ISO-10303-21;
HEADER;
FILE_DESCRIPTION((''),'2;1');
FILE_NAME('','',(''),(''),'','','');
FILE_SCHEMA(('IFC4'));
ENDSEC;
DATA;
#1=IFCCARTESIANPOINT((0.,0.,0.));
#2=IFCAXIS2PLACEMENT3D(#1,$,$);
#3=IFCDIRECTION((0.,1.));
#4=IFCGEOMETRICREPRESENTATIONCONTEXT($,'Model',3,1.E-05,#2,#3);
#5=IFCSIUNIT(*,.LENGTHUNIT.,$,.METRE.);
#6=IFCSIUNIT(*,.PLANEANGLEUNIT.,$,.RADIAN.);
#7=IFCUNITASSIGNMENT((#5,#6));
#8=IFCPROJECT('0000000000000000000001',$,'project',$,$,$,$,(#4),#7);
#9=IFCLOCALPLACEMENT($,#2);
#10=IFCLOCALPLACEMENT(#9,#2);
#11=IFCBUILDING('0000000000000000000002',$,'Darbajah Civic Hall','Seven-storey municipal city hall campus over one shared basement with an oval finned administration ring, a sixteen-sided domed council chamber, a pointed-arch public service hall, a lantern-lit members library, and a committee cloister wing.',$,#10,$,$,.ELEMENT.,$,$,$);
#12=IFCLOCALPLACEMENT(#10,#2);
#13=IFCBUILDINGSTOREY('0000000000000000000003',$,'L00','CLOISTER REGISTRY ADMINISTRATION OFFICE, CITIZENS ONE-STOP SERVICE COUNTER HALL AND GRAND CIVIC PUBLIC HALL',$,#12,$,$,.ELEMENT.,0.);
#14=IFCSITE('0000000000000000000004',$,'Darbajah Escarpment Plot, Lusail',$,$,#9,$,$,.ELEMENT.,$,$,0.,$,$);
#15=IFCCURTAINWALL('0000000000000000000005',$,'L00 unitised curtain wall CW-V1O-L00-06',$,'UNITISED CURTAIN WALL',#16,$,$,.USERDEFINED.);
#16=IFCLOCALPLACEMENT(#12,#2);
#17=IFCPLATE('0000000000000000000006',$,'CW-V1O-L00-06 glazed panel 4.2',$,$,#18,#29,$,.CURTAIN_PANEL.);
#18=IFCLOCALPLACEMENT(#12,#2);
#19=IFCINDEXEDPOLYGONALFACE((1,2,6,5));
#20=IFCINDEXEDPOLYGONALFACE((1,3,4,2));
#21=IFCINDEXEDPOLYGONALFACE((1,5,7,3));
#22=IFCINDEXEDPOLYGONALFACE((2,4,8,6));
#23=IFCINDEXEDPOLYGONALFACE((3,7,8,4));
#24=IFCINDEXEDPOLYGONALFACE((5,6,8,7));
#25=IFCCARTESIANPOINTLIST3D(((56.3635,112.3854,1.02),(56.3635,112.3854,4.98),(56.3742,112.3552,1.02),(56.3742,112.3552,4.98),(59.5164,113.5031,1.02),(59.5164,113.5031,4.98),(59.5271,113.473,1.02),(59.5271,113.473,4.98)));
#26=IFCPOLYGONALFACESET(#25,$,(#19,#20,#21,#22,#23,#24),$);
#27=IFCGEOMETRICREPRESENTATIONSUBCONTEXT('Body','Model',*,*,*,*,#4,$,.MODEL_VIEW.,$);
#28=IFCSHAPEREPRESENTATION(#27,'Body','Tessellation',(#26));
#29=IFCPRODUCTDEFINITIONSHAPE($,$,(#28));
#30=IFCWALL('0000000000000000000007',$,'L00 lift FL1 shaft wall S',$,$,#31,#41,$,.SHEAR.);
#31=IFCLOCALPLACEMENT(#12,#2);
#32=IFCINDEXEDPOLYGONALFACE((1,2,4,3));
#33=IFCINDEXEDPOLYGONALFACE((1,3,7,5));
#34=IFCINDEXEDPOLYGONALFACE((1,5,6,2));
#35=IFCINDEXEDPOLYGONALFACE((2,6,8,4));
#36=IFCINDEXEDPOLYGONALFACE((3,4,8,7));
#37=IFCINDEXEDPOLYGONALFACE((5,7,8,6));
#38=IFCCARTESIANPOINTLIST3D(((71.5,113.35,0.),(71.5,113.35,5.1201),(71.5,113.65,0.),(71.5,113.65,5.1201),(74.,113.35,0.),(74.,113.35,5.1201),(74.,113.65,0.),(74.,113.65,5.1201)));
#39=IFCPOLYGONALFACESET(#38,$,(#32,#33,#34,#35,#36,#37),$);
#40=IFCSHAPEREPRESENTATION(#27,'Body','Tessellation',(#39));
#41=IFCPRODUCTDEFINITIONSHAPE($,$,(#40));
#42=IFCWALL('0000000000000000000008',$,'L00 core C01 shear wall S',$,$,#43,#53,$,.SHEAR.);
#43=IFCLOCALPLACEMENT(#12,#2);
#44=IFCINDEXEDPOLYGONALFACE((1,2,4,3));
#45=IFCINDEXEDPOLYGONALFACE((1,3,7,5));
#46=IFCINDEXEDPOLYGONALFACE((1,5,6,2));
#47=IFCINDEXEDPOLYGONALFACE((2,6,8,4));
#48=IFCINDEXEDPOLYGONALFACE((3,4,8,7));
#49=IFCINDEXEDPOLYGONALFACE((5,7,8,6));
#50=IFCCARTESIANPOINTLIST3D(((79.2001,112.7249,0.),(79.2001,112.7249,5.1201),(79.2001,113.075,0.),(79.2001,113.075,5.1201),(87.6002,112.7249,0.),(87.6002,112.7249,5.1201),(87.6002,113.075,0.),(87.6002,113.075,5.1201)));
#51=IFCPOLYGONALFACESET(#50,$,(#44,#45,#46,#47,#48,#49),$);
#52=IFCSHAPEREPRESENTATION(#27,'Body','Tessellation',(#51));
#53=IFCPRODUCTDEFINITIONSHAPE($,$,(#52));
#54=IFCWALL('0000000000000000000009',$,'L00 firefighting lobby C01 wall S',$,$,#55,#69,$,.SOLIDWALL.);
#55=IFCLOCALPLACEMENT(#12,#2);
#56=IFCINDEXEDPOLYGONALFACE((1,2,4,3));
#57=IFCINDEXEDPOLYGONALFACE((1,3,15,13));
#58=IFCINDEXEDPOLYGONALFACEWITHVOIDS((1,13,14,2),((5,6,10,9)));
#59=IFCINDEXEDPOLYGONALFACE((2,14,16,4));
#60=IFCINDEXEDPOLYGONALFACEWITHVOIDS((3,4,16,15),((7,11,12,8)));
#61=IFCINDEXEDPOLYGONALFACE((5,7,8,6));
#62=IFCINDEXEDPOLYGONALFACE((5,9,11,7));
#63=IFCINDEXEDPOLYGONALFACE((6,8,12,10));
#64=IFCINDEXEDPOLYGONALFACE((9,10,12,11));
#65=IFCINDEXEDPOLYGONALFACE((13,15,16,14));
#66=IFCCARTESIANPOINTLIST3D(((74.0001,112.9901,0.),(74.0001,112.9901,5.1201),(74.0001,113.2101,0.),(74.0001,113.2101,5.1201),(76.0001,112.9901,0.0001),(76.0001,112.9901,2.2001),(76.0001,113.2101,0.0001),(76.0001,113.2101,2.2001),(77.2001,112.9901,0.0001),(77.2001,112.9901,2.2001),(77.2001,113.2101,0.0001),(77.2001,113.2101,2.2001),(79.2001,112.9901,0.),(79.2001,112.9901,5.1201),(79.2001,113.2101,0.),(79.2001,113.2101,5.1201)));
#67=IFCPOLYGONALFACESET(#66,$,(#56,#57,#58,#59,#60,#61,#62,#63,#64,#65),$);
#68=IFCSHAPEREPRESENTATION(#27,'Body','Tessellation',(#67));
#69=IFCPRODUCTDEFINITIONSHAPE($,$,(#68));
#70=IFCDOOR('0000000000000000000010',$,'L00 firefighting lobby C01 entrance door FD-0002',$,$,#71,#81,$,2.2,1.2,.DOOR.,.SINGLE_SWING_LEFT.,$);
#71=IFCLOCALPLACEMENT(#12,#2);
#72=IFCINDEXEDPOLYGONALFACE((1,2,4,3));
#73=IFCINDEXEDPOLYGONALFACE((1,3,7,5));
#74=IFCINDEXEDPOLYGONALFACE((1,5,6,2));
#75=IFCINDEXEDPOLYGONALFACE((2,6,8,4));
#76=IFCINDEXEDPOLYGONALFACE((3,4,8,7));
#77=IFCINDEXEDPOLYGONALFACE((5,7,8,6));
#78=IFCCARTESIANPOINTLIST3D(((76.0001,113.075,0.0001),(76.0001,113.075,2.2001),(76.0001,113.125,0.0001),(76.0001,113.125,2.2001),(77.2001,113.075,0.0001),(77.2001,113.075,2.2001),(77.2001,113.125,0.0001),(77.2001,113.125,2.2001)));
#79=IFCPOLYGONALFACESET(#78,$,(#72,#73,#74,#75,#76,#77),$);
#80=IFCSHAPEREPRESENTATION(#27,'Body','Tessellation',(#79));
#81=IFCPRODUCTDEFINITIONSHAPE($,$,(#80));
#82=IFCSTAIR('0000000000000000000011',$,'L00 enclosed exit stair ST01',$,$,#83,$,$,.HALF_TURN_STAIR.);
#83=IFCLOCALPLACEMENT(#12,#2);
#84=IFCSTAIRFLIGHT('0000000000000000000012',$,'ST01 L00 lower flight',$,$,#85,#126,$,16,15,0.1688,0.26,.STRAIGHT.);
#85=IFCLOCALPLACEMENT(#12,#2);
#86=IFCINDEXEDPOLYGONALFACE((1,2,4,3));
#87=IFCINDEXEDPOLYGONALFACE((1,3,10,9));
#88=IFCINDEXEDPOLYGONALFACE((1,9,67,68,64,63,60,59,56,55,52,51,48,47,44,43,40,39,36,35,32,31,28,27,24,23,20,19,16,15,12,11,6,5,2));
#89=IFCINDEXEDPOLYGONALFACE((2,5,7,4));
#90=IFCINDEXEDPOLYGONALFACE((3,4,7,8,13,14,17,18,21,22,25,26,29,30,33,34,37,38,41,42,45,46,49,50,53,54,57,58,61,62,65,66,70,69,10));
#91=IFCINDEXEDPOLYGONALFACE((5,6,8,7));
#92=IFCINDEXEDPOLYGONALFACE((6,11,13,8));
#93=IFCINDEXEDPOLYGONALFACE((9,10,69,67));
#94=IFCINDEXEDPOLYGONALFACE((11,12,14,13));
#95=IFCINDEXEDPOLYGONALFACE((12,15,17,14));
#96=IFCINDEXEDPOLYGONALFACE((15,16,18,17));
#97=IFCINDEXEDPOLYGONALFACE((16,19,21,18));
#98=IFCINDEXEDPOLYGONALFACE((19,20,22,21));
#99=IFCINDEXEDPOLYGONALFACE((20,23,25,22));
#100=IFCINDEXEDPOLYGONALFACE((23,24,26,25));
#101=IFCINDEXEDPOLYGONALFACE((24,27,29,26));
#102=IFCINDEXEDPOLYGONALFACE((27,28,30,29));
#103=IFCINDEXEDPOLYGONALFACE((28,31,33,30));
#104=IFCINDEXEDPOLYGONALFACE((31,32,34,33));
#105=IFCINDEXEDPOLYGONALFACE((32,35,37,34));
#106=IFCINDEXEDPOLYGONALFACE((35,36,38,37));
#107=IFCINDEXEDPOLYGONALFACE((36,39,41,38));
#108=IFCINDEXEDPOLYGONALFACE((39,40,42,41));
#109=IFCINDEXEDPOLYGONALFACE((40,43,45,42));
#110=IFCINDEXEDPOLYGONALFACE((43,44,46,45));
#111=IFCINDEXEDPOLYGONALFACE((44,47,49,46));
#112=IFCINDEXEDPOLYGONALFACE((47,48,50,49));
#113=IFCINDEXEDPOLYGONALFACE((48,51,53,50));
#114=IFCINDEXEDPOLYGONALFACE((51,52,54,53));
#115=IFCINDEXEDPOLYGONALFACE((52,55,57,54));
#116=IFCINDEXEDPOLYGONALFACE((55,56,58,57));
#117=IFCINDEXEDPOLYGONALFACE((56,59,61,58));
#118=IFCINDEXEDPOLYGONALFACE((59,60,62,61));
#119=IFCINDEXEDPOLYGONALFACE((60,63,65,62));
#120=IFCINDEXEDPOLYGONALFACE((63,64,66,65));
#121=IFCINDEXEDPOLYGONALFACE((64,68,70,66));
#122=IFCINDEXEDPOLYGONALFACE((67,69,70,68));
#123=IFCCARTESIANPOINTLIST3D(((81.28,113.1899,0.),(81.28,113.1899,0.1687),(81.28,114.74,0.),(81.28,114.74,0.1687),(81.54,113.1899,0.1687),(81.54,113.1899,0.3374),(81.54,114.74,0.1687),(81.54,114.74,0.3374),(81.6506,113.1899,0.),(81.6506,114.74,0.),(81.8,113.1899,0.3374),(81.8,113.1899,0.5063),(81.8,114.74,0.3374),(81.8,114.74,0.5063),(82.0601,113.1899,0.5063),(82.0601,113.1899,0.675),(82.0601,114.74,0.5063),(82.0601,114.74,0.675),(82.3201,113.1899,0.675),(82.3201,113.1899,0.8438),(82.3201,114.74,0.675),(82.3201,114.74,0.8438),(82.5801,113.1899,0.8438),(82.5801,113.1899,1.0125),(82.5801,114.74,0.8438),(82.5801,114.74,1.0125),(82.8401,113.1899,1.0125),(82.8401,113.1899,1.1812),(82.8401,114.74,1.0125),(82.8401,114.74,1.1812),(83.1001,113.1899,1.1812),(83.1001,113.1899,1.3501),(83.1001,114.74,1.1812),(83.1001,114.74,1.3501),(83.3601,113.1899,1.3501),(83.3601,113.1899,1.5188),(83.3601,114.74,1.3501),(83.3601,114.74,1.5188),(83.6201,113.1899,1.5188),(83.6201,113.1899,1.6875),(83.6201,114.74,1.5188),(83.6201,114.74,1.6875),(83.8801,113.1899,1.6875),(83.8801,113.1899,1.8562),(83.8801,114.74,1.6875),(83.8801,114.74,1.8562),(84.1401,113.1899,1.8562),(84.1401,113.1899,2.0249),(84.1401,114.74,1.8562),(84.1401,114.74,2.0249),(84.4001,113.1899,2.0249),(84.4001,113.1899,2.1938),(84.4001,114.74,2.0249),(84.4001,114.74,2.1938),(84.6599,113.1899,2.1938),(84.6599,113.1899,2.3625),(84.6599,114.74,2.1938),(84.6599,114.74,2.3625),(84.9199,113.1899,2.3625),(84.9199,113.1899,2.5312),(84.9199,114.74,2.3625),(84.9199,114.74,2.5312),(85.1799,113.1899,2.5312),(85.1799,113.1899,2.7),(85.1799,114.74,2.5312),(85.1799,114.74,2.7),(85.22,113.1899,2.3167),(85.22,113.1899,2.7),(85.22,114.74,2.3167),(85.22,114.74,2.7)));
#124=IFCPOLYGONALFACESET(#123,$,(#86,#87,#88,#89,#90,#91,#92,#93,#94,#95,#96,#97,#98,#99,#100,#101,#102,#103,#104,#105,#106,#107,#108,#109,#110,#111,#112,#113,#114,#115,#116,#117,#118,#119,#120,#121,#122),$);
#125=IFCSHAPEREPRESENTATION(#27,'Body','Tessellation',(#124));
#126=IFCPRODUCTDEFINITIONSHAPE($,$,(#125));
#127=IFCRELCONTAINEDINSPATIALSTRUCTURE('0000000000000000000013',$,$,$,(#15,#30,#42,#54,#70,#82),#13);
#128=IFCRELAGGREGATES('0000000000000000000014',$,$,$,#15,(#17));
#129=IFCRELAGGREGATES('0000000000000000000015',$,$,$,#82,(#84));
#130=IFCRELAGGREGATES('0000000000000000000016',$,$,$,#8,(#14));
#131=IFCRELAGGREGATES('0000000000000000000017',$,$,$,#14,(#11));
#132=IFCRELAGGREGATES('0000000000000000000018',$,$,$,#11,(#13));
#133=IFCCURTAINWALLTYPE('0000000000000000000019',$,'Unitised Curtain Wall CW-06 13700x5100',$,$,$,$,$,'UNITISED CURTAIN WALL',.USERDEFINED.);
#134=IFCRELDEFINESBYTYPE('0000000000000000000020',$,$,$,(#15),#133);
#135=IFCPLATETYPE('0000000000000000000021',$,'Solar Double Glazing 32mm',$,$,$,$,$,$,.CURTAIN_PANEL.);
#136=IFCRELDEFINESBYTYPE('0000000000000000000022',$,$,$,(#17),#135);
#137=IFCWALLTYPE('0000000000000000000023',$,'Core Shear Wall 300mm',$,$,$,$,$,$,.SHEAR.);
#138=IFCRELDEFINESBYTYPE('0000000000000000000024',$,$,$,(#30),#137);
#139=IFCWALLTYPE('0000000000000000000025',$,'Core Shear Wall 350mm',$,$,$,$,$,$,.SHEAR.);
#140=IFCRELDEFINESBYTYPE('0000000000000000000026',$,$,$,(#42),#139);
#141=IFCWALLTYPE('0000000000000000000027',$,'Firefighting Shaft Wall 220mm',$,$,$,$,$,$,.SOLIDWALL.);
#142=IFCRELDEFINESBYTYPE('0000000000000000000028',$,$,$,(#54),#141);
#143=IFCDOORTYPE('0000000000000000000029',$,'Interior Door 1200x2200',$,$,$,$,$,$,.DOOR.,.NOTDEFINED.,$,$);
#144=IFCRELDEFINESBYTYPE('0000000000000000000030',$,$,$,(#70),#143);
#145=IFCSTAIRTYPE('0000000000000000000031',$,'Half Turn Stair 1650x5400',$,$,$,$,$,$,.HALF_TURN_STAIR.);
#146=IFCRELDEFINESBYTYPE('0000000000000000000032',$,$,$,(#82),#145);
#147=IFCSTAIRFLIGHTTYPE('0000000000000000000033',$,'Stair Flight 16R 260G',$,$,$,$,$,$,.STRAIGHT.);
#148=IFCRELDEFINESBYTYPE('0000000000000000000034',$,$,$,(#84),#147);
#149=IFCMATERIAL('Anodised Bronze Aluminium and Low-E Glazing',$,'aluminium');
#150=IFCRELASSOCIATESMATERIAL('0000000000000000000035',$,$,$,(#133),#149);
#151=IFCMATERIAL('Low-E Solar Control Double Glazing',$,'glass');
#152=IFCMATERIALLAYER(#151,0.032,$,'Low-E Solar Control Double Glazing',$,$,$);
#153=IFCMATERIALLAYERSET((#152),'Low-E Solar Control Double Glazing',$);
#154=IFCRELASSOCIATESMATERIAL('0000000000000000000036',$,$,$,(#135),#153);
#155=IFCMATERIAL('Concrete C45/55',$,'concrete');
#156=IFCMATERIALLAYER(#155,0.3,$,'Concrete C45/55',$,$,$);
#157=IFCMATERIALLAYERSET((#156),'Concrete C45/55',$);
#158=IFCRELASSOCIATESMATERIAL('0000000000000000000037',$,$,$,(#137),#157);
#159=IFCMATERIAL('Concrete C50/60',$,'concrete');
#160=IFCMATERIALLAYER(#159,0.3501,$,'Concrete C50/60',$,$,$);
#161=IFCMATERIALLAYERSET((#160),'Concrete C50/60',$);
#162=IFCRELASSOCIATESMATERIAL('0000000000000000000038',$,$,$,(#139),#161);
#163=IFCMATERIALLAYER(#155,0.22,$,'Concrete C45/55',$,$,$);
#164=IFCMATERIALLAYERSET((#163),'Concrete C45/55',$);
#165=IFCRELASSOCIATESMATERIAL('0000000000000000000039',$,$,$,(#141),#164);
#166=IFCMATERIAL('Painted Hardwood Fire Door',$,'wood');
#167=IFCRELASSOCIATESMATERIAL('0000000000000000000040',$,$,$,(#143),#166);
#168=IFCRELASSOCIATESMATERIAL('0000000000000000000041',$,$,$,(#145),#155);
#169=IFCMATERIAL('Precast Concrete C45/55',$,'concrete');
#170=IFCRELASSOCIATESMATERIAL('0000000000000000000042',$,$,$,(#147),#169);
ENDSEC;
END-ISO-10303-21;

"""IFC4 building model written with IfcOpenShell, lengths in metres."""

from ifc_helpers import new_model, si_unit, direction, frame, frame_2d, origin, origin_2d, place, context, subcontext, project, spatial, polyline, rectangle, outline, extrude, material, layer, layer_set, type_object, element, fill, aggregate, save


model = new_model("IFC4")

# Units and contexts
model_context = context("Model", 3, precision=1e-05, world=origin(), true_north=direction((0.0, 1.0)))
body_context = subcontext(model_context, "Body", "Model", "MODEL_VIEW")
ifc_project = project(units=[si_unit("LENGTHUNIT", "METRE"), si_unit("PLANEANGLEUNIT", "RADIAN")], contexts=[model_context])

# Site, building, storey
site_placement = place(None, origin())
site = spatial("IfcSite", under=ifc_project, at=site_placement, Name="Darbajah Escarpment Plot, Lusail", CompositionType="ELEMENT", RefElevation=0.0)
building_placement = place(site_placement, origin())
building = spatial("IfcBuilding", under=site, at=building_placement, Name="Darbajah Civic Hall", Description="Seven-storey municipal city hall campus over one shared basement with an oval finned administration ring, a sixteen-sided domed council chamber, a pointed-arch public service hall, a lantern-lit members library, and a committee cloister wing.", CompositionType="ELEMENT")
storey_placement = place(building_placement, origin())
storey = spatial("IfcBuildingStorey", under=building, at=storey_placement, Name="L00", Description="CLOISTER REGISTRY ADMINISTRATION OFFICE, CITIZENS ONE-STOP SERVICE COUNTER HALL AND GRAND CIVIC PUBLIC HALL", CompositionType="ELEMENT", Elevation=0.0)

# Shared definitions
ifc_material_1 = material(Name="Concrete C50/60", Category="concrete")

# Shared definitions
ifc_material_2 = material(Name="Anodised Bronze Aluminium and Low-E Glazing", Category="aluminium")

# Curtain wall
curtain_wall_type_1 = type_object("IfcCurtainWallType", Name="Unitised Curtain Wall CW-06 13700x5100", ElementType="UNITISED CURTAIN WALL", PredefinedType="USERDEFINED", material=ifc_material_2)
curtain_wall_1_placement = place(storey_placement, origin())
curtain_wall_1 = element("IfcCurtainWall", 1, at=curtain_wall_1_placement, inside=storey, type_object=curtain_wall_type_1, Name="L00 unitised curtain wall CW-V1O-L00-06", ObjectType="UNITISED CURTAIN WALL", PredefinedType="USERDEFINED")

# Plate
ifc_material_3 = material(Name="Low-E Solar Control Double Glazing", Category="glass")
ifc_layer_1 = layer(ifc_material_3, 0.032, Name="Low-E Solar Control Double Glazing")
ifc_layer_set_1 = layer_set([ifc_layer_1], Name="Low-E Solar Control Double Glazing")
plate_type = type_object("IfcPlateType", Name="Solar Double Glazing 32mm", PredefinedType="CURTAIN_PANEL", material=ifc_layer_set_1)
plate_1_placement = place(storey_placement, frame((57.9453, 112.9292, 1.02), z_axis=(0.0, 0.0, 1.0), x_axis=(-0.942525, -0.334136, 0.0)))
plate_1 = element("IfcPlate", 2, at=plate_1_placement, type_object=plate_type, Name="CW-V1O-L00-06 glazed panel 4.2", PredefinedType="CURTAIN_PANEL", context=body_context, shape_type="SweptSolid", body=[
    extrude(rectangle(XDim=3.3452, YDim=0.032, at=origin_2d()), origin(), (0.0, 0.0, 1.0), 3.96),
])
aggregate(curtain_wall_1, [plate_1])

# Walls
ifc_material_4 = material(Name="Concrete C45/55", Category="concrete")
ifc_layer_2 = layer(ifc_material_4, 0.3, Name="Concrete C45/55")
ifc_layer_set_2 = layer_set([ifc_layer_2], Name="Concrete C45/55")
wall_type_1 = type_object("IfcWallType", Name="Core Shear Wall 300mm", PredefinedType="SHEAR", material=ifc_layer_set_2)
wall_1_placement = place(storey_placement, frame((71.5, 113.5, 0.0), z_axis=(0.0, 0.0, 1.0), x_axis=(1.0, 0.0, 0.0)))
element("IfcWall", 3, at=wall_1_placement, inside=storey, type_object=wall_type_1, Name="L00 lift FL1 shaft wall S", PredefinedType="SHEAR", context=body_context, shape_type="SweptSolid", body=[
    extrude(rectangle(XDim=2.5, YDim=0.3, at=frame_2d((1.25, 0.0))), origin(), (0.0, 0.0, 1.0), 5.1201),
])
ifc_layer_3 = layer(ifc_material_1, 0.3501, Name="Concrete C50/60")
ifc_layer_set_3 = layer_set([ifc_layer_3], Name="Concrete C50/60")
wall_type_2 = type_object("IfcWallType", Name="Core Shear Wall 350mm", PredefinedType="SHEAR", material=ifc_layer_set_3)
wall_2_placement = place(storey_placement, frame((79.2, 112.8999, 0.0), z_axis=(0.0, 0.0, 1.0), x_axis=(1.0, 0.0, 0.0)))
element("IfcWall", 4, at=wall_2_placement, inside=storey, type_object=wall_type_2, Name="L00 core C01 shear wall S", PredefinedType="SHEAR", context=body_context, shape_type="SweptSolid", body=[
    extrude(rectangle(XDim=8.4001, YDim=0.3501, at=frame_2d((4.2002, 0.0))), origin(), (0.0, 0.0, 1.0), 5.1201),
])

# Wall, opening, door
ifc_layer_4 = layer(ifc_material_4, 0.22, Name="Concrete C45/55")
ifc_layer_set_4 = layer_set([ifc_layer_4], Name="Concrete C45/55")
wall_type_3 = type_object("IfcWallType", Name="Firefighting Shaft Wall 220mm", PredefinedType="SOLIDWALL", material=ifc_layer_set_4)
wall_3_placement = place(storey_placement, frame((74.0, 113.1001, 0.0), z_axis=(0.0, 0.0, 1.0), x_axis=(1.0, 0.0, 0.0)))
wall_3 = element("IfcWall", 5, at=wall_3_placement, inside=storey, type_object=wall_type_3, Name="L00 firefighting lobby C01 wall S", PredefinedType="SOLIDWALL", context=body_context, shape_type="SweptSolid", body=[
    extrude(rectangle(XDim=5.2, YDim=0.22, at=frame_2d((2.6001, 0.0))), origin(), (0.0, 0.0, 1.0), 5.1201),
])
opening_placement = place(wall_3_placement, frame((2.0, 0.0, 0.0)))
opening = element("IfcOpeningElement", 6, at=opening_placement, cuts=wall_3, PredefinedType="OPENING", context=body_context, shape_type="SweptSolid", body=[
    extrude(rectangle(XDim=1.2, YDim=2.2, at=frame_2d((0.6001, 1.1001))), frame((0.0, 0.1199, 0.0), z_axis=(0.0, -1.0, 0.0), x_axis=(1.0, 0.0, 0.0)), (0.0, 0.0, 1.0), 0.24),
])
ifc_material_5 = material(Name="Painted Hardwood Fire Door", Category="wood")
door_type = type_object("IfcDoorType", Name="Interior Door 1200x2200", OperationType="NOTDEFINED", PredefinedType="DOOR", material=ifc_material_5)
door_placement = place(opening_placement, origin())
door = element("IfcDoor", 7, at=door_placement, inside=storey, type_object=door_type, Name="L00 firefighting lobby C01 entrance door FD-0002", OperationType="SINGLE_SWING_LEFT", OverallHeight=2.2, OverallWidth=1.2, PredefinedType="DOOR", context=body_context, shape_type="SweptSolid", body=[
    extrude(rectangle(XDim=1.2, YDim=2.2, at=frame_2d((0.6001, 1.1001))), frame((0.0, 0.0249, 0.0), z_axis=(0.0, -1.0, 0.0), x_axis=(1.0, 0.0, 0.0)), (0.0, 0.0, 1.0), 0.05),
])
fill(opening, door)

# Stair, stair flight
stair_type = type_object("IfcStairType", Name="Half Turn Stair 1650x5400", PredefinedType="HALF_TURN_STAIR", material=ifc_material_4)
stair_placement = place(storey_placement, origin())
stair = element("IfcStair", 8, at=stair_placement, inside=storey, type_object=stair_type, Name="L00 enclosed exit stair ST01", PredefinedType="HALF_TURN_STAIR")
ifc_material_6 = material(Name="Precast Concrete C45/55", Category="concrete")
stair_flight_type = type_object("IfcStairFlightType", Name="Stair Flight 16R 260G", PredefinedType="STRAIGHT", material=ifc_material_6)
stair_flight_placement = place(storey_placement, frame((81.28, 113.9651, 0.0), z_axis=(0.0, 0.0, 1.0), x_axis=(1.0, 0.0, 0.0)))
stair_flight = element("IfcStairFlight", 9, at=stair_flight_placement, type_object=stair_flight_type, Name="ST01 L00 lower flight", NumberOfRisers=16, NumberOfTreads=15, PredefinedType="STRAIGHT", RiserHeight=0.1688, TreadLength=0.26, context=body_context, shape_type="SweptSolid", body=[
    extrude(outline(polyline([(0.0, 0.0), (0.0, 0.1687), (0.26, 0.1687), (0.26, 0.3374), (0.52, 0.3374), (0.52, 0.5063), (0.78, 0.5063), (0.78, 0.675), (1.04, 0.675), (1.04, 0.8438), (1.3, 0.8438), (1.3, 1.0125), (1.5601, 1.0125), (1.5601, 1.1812), (1.8201, 1.1812), (1.8201, 1.3501), (2.0801, 1.3501), (2.0801, 1.5188), (2.3401, 1.5188), (2.3401, 1.6875), (2.6001, 1.6875), (2.6001, 1.8562), (2.8601, 1.8562), (2.8601, 2.0249), (3.1201, 2.0249), (3.1201, 2.1938), (3.3799, 2.1938), (3.3799, 2.3625), (3.6399, 2.3625), (3.6399, 2.5312), (3.8999, 2.5312), (3.8999, 2.7), (3.9399, 2.7), (3.9399, 2.3167), (0.3706, 0.0), (0.0, 0.0)])), frame((0.0, 0.7749, 0.0), z_axis=(0.0, -1.0, 0.0), x_axis=(1.0, 0.0, 0.0)), (0.0, 0.0, 1.0), 1.55),
])
aggregate(stair, [stair_flight])

save(model, "model.ifc")
